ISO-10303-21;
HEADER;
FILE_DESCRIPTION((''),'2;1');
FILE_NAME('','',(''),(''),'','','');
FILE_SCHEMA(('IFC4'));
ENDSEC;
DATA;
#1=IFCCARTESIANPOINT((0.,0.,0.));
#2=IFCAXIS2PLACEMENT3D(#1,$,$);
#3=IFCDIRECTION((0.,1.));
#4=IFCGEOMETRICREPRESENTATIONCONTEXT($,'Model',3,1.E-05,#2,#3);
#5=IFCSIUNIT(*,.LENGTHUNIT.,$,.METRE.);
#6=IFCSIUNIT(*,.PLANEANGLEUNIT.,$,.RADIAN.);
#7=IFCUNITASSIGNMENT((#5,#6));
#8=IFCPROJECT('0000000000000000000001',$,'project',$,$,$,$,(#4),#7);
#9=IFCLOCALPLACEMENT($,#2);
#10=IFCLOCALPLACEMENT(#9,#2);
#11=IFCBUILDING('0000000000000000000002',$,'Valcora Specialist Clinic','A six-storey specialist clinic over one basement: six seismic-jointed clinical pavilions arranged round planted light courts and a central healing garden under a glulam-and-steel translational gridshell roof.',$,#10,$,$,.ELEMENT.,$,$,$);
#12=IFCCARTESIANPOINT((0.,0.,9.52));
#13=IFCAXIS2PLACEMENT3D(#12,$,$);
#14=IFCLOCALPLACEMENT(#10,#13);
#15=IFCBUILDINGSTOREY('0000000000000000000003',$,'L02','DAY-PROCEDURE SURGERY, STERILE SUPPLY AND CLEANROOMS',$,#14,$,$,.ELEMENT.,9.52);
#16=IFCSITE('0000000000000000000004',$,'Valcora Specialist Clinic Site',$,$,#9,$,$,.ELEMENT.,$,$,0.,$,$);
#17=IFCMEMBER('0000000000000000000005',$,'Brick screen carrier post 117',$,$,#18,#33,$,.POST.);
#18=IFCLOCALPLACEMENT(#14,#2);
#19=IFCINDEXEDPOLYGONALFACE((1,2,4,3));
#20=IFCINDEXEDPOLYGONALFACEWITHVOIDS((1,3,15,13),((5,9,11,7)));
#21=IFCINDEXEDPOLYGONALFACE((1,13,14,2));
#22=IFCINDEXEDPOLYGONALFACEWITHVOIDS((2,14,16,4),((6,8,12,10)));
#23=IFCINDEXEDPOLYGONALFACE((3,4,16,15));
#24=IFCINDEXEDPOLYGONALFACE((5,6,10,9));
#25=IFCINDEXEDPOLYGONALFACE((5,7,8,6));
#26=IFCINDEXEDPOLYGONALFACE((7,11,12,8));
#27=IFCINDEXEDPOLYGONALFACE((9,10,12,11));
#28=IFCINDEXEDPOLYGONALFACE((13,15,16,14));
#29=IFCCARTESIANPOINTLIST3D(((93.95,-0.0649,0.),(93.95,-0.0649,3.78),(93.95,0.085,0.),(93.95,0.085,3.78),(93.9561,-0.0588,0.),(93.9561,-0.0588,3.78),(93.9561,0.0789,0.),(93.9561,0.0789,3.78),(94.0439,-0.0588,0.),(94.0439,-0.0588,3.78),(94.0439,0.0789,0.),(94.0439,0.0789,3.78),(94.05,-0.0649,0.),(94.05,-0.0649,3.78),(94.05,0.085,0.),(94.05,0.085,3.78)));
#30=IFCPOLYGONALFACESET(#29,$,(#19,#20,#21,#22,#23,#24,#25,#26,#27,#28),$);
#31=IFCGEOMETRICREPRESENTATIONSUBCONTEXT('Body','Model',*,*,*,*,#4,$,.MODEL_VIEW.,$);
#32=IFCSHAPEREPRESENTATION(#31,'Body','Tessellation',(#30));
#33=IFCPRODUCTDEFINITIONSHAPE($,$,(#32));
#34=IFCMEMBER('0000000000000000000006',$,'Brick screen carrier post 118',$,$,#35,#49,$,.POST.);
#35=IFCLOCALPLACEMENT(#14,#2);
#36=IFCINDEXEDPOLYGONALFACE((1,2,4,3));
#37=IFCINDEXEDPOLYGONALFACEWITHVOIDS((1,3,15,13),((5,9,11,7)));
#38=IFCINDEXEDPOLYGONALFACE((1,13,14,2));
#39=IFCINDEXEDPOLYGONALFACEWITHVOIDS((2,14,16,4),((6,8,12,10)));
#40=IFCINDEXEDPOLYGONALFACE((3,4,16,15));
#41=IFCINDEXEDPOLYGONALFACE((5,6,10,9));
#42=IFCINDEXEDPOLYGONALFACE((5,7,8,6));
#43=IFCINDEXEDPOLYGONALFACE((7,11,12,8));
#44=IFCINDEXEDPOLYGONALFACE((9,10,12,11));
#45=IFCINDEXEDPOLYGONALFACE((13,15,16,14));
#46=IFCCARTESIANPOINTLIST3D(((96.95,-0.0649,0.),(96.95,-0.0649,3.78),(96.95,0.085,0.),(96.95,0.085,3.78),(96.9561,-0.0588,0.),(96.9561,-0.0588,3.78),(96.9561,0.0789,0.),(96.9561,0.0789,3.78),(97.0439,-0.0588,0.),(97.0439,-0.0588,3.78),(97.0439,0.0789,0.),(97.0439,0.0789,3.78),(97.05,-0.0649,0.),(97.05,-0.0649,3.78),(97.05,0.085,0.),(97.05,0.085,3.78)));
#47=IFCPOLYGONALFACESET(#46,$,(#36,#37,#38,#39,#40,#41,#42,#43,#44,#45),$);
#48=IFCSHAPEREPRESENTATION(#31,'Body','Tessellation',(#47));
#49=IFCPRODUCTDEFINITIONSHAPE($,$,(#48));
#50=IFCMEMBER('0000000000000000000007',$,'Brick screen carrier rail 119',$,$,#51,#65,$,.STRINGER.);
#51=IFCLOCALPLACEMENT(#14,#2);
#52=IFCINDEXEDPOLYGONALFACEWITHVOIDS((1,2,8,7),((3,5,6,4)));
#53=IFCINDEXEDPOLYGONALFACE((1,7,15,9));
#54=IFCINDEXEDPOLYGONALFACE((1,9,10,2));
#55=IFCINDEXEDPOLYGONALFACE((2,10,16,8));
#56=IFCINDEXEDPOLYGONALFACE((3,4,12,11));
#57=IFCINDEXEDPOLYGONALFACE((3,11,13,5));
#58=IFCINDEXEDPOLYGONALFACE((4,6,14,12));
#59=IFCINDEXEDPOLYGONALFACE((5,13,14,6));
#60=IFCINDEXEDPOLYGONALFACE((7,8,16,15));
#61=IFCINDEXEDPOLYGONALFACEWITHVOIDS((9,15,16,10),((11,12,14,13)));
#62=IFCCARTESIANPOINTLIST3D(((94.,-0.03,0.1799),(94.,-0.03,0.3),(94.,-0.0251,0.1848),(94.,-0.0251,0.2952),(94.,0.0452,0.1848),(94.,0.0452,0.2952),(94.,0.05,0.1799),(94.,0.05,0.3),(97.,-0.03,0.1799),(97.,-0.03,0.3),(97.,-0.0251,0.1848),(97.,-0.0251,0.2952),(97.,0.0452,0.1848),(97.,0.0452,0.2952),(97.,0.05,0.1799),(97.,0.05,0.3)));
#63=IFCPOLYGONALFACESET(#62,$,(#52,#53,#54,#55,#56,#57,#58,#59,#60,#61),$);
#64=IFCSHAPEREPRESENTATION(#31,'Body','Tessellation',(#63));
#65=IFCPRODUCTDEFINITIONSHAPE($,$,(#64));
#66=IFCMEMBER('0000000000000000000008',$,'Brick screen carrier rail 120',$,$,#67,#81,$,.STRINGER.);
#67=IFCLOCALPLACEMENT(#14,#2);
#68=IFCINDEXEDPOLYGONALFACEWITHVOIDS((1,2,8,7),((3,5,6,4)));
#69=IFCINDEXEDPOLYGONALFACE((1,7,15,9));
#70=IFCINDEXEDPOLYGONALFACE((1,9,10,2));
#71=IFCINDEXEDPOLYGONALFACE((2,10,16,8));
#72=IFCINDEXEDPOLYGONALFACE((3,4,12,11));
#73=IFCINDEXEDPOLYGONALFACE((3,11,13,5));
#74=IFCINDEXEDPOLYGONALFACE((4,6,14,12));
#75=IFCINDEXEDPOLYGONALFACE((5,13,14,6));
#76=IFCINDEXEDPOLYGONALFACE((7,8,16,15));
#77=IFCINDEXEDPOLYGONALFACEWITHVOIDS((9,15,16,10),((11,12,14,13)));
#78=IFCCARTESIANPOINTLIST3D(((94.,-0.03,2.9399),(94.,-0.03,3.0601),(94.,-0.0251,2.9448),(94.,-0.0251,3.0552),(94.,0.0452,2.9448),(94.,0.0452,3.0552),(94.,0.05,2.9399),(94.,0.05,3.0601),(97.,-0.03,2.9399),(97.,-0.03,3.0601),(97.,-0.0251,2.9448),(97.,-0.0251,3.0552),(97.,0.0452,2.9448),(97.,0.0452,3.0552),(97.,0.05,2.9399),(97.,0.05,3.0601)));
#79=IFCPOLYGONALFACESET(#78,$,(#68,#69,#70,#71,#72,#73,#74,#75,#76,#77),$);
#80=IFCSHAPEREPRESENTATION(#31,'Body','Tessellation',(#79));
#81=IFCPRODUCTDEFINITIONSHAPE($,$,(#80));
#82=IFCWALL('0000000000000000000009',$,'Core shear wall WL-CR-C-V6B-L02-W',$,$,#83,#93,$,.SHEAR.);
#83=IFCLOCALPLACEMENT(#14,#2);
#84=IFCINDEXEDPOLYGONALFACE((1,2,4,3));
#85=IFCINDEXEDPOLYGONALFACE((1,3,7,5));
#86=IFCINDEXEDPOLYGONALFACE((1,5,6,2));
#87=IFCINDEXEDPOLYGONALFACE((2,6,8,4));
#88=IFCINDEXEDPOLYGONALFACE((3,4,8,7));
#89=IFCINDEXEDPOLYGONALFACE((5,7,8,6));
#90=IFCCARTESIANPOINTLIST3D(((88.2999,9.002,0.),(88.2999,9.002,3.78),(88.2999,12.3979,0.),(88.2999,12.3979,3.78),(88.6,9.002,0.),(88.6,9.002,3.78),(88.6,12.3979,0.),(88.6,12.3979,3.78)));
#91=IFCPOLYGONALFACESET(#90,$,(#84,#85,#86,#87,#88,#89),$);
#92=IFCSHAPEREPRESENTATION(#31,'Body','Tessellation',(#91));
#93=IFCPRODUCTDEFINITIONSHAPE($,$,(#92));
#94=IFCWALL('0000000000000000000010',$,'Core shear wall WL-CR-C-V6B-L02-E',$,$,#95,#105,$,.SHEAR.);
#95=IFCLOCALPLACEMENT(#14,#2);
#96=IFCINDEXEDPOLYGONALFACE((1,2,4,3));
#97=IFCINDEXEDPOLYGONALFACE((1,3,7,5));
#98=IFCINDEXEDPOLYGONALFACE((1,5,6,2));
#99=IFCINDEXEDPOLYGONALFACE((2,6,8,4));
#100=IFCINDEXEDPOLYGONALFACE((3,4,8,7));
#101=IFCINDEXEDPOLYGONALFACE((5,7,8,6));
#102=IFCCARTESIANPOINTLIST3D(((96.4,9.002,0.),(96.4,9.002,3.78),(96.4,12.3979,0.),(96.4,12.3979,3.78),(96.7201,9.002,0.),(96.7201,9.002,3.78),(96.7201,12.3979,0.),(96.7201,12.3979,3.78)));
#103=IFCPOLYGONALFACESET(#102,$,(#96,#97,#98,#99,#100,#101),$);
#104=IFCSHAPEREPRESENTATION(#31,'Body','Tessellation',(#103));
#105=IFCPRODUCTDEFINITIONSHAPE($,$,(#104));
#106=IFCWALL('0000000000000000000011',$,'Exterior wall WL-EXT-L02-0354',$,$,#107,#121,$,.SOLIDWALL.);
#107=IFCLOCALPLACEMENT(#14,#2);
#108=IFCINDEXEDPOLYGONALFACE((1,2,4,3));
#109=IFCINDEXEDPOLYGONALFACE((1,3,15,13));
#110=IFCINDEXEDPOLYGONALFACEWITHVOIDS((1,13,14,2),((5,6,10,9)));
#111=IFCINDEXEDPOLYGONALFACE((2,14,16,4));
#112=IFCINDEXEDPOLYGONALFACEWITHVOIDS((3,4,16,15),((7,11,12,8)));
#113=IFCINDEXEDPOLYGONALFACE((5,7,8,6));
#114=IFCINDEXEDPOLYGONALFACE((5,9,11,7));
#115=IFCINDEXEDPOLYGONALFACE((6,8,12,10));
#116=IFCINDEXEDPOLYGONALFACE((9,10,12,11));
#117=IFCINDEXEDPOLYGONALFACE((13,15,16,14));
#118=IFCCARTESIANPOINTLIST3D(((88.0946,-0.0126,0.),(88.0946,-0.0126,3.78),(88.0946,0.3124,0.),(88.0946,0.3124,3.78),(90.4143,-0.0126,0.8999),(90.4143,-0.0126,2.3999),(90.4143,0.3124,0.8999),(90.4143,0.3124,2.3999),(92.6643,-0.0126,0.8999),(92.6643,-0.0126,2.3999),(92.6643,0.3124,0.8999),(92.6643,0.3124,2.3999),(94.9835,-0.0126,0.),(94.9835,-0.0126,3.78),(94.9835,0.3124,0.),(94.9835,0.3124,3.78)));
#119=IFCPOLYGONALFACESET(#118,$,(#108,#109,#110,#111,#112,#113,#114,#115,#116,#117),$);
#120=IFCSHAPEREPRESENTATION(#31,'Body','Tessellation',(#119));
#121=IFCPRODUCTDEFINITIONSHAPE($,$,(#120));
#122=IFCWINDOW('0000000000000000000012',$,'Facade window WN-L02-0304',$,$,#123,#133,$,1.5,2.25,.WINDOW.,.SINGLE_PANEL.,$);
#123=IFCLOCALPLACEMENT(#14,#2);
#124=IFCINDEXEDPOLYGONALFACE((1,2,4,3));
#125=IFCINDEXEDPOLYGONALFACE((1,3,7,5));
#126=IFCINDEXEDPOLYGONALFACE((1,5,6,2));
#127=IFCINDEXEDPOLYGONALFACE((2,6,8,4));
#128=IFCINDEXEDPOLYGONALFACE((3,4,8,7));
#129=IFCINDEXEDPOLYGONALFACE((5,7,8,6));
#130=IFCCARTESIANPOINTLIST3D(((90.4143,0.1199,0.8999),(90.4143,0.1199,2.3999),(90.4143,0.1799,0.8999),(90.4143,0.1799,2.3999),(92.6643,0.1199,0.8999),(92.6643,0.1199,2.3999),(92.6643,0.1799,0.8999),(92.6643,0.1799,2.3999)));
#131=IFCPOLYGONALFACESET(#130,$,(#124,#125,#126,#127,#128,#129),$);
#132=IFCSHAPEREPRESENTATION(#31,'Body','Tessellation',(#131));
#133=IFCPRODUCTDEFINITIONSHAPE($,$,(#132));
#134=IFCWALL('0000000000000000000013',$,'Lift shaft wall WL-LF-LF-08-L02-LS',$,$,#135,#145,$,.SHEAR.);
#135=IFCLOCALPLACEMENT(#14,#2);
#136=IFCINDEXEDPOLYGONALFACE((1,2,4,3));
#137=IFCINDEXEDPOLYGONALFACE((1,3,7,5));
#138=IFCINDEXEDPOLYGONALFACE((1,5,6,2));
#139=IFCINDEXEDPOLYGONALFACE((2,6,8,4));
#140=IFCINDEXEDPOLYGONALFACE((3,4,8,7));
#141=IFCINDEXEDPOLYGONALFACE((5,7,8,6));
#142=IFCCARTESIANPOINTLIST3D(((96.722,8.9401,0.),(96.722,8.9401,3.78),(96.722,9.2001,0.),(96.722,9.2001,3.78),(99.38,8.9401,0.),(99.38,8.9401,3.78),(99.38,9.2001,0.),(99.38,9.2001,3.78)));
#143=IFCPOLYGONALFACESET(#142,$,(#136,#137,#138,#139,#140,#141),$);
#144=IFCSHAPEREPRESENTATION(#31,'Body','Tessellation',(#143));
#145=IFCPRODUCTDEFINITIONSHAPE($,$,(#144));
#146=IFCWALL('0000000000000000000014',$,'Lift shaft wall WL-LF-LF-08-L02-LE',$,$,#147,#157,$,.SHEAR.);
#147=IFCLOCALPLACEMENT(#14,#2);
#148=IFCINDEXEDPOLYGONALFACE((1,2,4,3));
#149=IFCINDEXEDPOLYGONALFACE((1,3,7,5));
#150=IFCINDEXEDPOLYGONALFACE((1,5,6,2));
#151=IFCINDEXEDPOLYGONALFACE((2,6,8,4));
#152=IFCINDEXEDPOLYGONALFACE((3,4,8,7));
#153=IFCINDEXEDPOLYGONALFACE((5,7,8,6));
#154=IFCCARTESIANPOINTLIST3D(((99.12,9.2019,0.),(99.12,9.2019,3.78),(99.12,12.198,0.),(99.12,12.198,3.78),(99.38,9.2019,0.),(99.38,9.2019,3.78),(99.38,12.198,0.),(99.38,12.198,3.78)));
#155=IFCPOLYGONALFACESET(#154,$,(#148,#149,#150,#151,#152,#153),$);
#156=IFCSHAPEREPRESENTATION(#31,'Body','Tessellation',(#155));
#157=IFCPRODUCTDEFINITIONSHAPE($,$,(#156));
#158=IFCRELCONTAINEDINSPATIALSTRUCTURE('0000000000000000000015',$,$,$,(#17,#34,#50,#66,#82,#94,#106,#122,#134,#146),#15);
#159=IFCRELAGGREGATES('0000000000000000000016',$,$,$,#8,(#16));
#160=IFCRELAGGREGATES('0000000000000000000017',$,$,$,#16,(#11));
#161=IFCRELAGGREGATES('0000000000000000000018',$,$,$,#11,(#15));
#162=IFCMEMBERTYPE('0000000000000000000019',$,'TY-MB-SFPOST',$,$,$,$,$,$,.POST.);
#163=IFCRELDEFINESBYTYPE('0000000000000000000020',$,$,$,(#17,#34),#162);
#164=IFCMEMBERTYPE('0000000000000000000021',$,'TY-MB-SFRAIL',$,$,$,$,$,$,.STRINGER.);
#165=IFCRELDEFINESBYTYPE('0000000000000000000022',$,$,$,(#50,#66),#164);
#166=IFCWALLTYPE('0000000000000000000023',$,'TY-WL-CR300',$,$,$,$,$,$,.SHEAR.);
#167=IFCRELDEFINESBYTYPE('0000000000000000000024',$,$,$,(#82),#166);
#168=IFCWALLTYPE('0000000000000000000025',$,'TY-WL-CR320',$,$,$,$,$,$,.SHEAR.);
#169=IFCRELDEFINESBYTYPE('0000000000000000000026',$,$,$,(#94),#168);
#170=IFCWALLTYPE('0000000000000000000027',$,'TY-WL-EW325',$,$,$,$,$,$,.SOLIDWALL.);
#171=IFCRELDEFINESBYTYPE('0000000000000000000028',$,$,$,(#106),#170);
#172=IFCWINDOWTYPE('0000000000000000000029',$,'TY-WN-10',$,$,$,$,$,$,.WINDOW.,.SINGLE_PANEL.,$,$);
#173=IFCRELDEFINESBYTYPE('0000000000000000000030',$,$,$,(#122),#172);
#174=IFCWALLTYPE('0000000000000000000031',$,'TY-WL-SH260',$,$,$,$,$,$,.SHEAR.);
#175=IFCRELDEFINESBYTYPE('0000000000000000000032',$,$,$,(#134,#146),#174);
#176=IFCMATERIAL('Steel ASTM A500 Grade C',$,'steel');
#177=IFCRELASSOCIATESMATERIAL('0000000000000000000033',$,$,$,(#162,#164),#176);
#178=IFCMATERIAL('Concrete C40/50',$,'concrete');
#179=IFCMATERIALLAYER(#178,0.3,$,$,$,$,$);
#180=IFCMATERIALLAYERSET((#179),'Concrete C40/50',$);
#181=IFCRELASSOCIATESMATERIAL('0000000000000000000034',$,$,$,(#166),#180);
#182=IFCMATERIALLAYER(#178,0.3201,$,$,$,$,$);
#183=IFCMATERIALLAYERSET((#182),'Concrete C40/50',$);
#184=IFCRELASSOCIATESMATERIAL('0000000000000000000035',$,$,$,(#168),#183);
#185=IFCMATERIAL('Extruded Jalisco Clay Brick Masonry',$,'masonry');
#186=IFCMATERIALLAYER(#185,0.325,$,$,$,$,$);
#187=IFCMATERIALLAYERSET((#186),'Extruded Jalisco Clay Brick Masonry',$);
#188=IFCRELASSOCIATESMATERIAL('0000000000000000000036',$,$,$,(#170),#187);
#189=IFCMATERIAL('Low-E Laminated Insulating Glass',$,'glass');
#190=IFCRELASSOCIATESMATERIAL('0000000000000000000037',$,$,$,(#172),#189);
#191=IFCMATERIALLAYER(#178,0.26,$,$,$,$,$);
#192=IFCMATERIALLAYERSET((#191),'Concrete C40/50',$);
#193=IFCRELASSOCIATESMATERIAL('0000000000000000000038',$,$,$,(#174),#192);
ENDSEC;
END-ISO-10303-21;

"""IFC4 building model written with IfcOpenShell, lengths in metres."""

from ifc_helpers import new_model, si_unit, direction, frame, frame_2d, origin, origin_2d, place, context, subcontext, project, spatial, rectangle, hollow_rectangle, extrude, material, layer, layer_set, material_profile, profile_set, type_object, element, fill, save


model = new_model("IFC4")

# Units and contexts
model_context = context("Model", 3, precision=1e-05, world=origin(), true_north=direction((0.0, 1.0)))
body_context = subcontext(model_context, "Body", "Model", "MODEL_VIEW")
ifc_project = project(units=[si_unit("LENGTHUNIT", "METRE"), si_unit("PLANEANGLEUNIT", "RADIAN")], contexts=[model_context])

# Site, building, storey
site_placement = place(None, origin())
site = spatial("IfcSite", under=ifc_project, at=site_placement, Name="Valcora Specialist Clinic Site", CompositionType="ELEMENT", RefElevation=0.0)
building_placement = place(site_placement, origin())
building = spatial("IfcBuilding", under=site, at=building_placement, Name="Valcora Specialist Clinic", Description="A six-storey specialist clinic over one basement: six seismic-jointed clinical pavilions arranged round planted light courts and a central healing garden under a glulam-and-steel translational gridshell roof.", CompositionType="ELEMENT")
storey_placement = place(building_placement, frame((0.0, 0.0, 9.52)))
storey = spatial("IfcBuildingStorey", under=building, at=storey_placement, Name="L02", Description="DAY-PROCEDURE SURGERY, STERILE SUPPLY AND CLEANROOMS", CompositionType="ELEMENT", Elevation=9.52)

# Shared definitions
ifc_material_1 = material(Name="Concrete C40/50", Category="concrete")

# Members
ifc_material_2 = material(Name="Steel ASTM A500 Grade C", Category="steel")
ifc_material_profile_1 = material_profile(ifc_material_2, hollow_rectangle(XDim=0.1001, YDim=0.1499, WallThickness=0.0061, at=origin_2d()), Name="ST-RHS-150X100X6")
ifc_profile_set_1 = profile_set([ifc_material_profile_1], Name="Steel ASTM A500 Grade C")
member_type_1 = type_object("IfcMemberType", Name="TY-MB-SFPOST", PredefinedType="POST", material=ifc_profile_set_1)
for number, where, z_axis, x_axis, name in (
    (1, (94.0, 0.01, 0.0), (0.0, 0.0, 1.0), (1.0, 0.0, 0.0), "Brick screen carrier post 117"),
    (2, (97.0, 0.01, 0.0), (0.0, 0.0, 1.0), (1.0, 0.0, 0.0), "Brick screen carrier post 118"),
):
    element("IfcMember", number, at=place(storey_placement, frame(where, z_axis=z_axis, x_axis=x_axis)), inside=storey, type_object=member_type_1, Name=name, PredefinedType="POST", context=body_context, shape_type="SweptSolid", body=[
        extrude(hollow_rectangle(XDim=0.1001, YDim=0.1499, WallThickness=0.0061, at=origin_2d()), origin(), (0.0, 0.0, 1.0), 3.78),
    ])
ifc_material_profile_2 = material_profile(ifc_material_2, hollow_rectangle(XDim=0.0801, YDim=0.1201, WallThickness=0.0049, at=origin_2d()), Name="ST-RHS-120X80X5")
ifc_profile_set_2 = profile_set([ifc_material_profile_2], Name="Steel ASTM A500 Grade C")
member_type_2 = type_object("IfcMemberType", Name="TY-MB-SFRAIL", PredefinedType="STRINGER", material=ifc_profile_set_2)
for number, where, z_axis, x_axis, name in (
    (3, (94.0, 0.01, 0.24), (1.0, 0.0, 0.0), (0.0, 1.0, 0.0), "Brick screen carrier rail 119"),
    (4, (94.0, 0.01, 3.0), (1.0, 0.0, 0.0), (0.0, 1.0, 0.0), "Brick screen carrier rail 120"),
):
    element("IfcMember", number, at=place(storey_placement, frame(where, z_axis=z_axis, x_axis=x_axis)), inside=storey, type_object=member_type_2, Name=name, PredefinedType="STRINGER", context=body_context, shape_type="SweptSolid", body=[
        extrude(hollow_rectangle(XDim=0.0801, YDim=0.1201, WallThickness=0.0049, at=origin_2d()), origin(), (0.0, 0.0, 1.0), 3.0),
    ])

# Walls
ifc_layer_1 = layer(ifc_material_1, 0.3)
ifc_layer_set_1 = layer_set([ifc_layer_1], Name="Concrete C40/50")
wall_type_1 = type_object("IfcWallType", Name="TY-WL-CR300", PredefinedType="SHEAR", material=ifc_layer_set_1)
wall_1_placement = place(storey_placement, frame((88.45, 9.002, 0.0), z_axis=(0.0, 0.0, 1.0), x_axis=(0.0, 1.0, 0.0)))
element("IfcWall", 5, at=wall_1_placement, inside=storey, type_object=wall_type_1, Name="Core shear wall WL-CR-C-V6B-L02-W", PredefinedType="SHEAR", context=body_context, shape_type="SweptSolid", body=[
    extrude(rectangle(XDim=3.396, YDim=0.3, at=frame_2d((1.698, 0.0))), origin(), (0.0, 0.0, 1.0), 3.78),
])
ifc_layer_2 = layer(ifc_material_1, 0.3201)
ifc_layer_set_2 = layer_set([ifc_layer_2], Name="Concrete C40/50")
wall_type_2 = type_object("IfcWallType", Name="TY-WL-CR320", PredefinedType="SHEAR", material=ifc_layer_set_2)
wall_2_placement = place(storey_placement, frame((96.5601, 9.002, 0.0), z_axis=(0.0, 0.0, 1.0), x_axis=(0.0, 1.0, 0.0)))
element("IfcWall", 6, at=wall_2_placement, inside=storey, type_object=wall_type_2, Name="Core shear wall WL-CR-C-V6B-L02-E", PredefinedType="SHEAR", context=body_context, shape_type="SweptSolid", body=[
    extrude(rectangle(XDim=3.396, YDim=0.3201, at=frame_2d((1.698, 0.0))), origin(), (0.0, 0.0, 1.0), 3.78),
])

# Wall, opening, window
ifc_material_3 = material(Name="Extruded Jalisco Clay Brick Masonry", Category="masonry")
ifc_layer_3 = layer(ifc_material_3, 0.325)
ifc_layer_set_3 = layer_set([ifc_layer_3], Name="Extruded Jalisco Clay Brick Masonry")
wall_type_3 = type_object("IfcWallType", Name="TY-WL-EW325", PredefinedType="SOLIDWALL", material=ifc_layer_set_3)
wall_3_placement = place(storey_placement, frame((94.9834, 0.1499, 0.0), z_axis=(0.0, 0.0, 1.0), x_axis=(-1.0, 0.0, 0.0)))
wall_3 = element("IfcWall", 7, at=wall_3_placement, inside=storey, type_object=wall_type_3, Name="Exterior wall WL-EXT-L02-0354", PredefinedType="SOLIDWALL", context=body_context, shape_type="SweptSolid", body=[
    extrude(rectangle(XDim=6.8889, YDim=0.325, at=frame_2d((3.4443, 0.0))), origin(), (0.0, 0.0, 1.0), 3.78),
])
opening_placement = place(wall_3_placement, frame((2.3191, 0.0, 0.8999)))
opening = element("IfcOpeningElement", 8, at=opening_placement, cuts=wall_3, PredefinedType="OPENING", context=body_context, shape_type="SweptSolid", body=[
    extrude(rectangle(XDim=2.25, YDim=1.5, at=frame_2d((1.125, 0.75))), frame((0.0, 0.1724, 0.0), z_axis=(0.0, -1.0, 0.0), x_axis=(1.0, 0.0, 0.0)), (0.0, 0.0, 1.0), 0.345),
])
ifc_material_4 = material(Name="Low-E Laminated Insulating Glass", Category="glass")
window_type = type_object("IfcWindowType", Name="TY-WN-10", PartitioningType="SINGLE_PANEL", PredefinedType="WINDOW", material=ifc_material_4)
window_placement = place(opening_placement, origin())
window = element("IfcWindow", 9, at=window_placement, inside=storey, type_object=window_type, Name="Facade window WN-L02-0304", OverallHeight=1.5, OverallWidth=2.25, PartitioningType="SINGLE_PANEL", PredefinedType="WINDOW", context=body_context, shape_type="SweptSolid", body=[
    extrude(rectangle(XDim=2.25, YDim=1.5, at=frame_2d((1.125, 0.75))), frame((0.0, 0.03, 0.0), z_axis=(0.0, -1.0, 0.0), x_axis=(1.0, 0.0, 0.0)), (0.0, 0.0, 1.0), 0.0601),
])
fill(opening, window)

# Walls
ifc_layer_4 = layer(ifc_material_1, 0.26)
ifc_layer_set_4 = layer_set([ifc_layer_4], Name="Concrete C40/50")
wall_type_4 = type_object("IfcWallType", Name="TY-WL-SH260", PredefinedType="SHEAR", material=ifc_layer_set_4)
wall_4_placement = place(storey_placement, frame((96.7219, 9.0701, 0.0), z_axis=(0.0, 0.0, 1.0), x_axis=(1.0, 0.0, 0.0)))
element("IfcWall", 10, at=wall_4_placement, inside=storey, type_object=wall_type_4, Name="Lift shaft wall WL-LF-LF-08-L02-LS", PredefinedType="SHEAR", context=body_context, shape_type="SweptSolid", body=[
    extrude(rectangle(XDim=2.658, YDim=0.26, at=frame_2d((1.3291, 0.0))), origin(), (0.0, 0.0, 1.0), 3.78),
])
wall_5_placement = place(storey_placement, frame((99.25, 9.2019, 0.0), z_axis=(0.0, 0.0, 1.0), x_axis=(0.0, 1.0, 0.0)))
element("IfcWall", 11, at=wall_5_placement, inside=storey, type_object=wall_type_4, Name="Lift shaft wall WL-LF-LF-08-L02-LE", PredefinedType="SHEAR", context=body_context, shape_type="SweptSolid", body=[
    extrude(rectangle(XDim=2.9961, YDim=0.26, at=frame_2d((1.498, 0.0))), origin(), (0.0, 0.0, 1.0), 3.78),
])

save(model, "model.ifc")
